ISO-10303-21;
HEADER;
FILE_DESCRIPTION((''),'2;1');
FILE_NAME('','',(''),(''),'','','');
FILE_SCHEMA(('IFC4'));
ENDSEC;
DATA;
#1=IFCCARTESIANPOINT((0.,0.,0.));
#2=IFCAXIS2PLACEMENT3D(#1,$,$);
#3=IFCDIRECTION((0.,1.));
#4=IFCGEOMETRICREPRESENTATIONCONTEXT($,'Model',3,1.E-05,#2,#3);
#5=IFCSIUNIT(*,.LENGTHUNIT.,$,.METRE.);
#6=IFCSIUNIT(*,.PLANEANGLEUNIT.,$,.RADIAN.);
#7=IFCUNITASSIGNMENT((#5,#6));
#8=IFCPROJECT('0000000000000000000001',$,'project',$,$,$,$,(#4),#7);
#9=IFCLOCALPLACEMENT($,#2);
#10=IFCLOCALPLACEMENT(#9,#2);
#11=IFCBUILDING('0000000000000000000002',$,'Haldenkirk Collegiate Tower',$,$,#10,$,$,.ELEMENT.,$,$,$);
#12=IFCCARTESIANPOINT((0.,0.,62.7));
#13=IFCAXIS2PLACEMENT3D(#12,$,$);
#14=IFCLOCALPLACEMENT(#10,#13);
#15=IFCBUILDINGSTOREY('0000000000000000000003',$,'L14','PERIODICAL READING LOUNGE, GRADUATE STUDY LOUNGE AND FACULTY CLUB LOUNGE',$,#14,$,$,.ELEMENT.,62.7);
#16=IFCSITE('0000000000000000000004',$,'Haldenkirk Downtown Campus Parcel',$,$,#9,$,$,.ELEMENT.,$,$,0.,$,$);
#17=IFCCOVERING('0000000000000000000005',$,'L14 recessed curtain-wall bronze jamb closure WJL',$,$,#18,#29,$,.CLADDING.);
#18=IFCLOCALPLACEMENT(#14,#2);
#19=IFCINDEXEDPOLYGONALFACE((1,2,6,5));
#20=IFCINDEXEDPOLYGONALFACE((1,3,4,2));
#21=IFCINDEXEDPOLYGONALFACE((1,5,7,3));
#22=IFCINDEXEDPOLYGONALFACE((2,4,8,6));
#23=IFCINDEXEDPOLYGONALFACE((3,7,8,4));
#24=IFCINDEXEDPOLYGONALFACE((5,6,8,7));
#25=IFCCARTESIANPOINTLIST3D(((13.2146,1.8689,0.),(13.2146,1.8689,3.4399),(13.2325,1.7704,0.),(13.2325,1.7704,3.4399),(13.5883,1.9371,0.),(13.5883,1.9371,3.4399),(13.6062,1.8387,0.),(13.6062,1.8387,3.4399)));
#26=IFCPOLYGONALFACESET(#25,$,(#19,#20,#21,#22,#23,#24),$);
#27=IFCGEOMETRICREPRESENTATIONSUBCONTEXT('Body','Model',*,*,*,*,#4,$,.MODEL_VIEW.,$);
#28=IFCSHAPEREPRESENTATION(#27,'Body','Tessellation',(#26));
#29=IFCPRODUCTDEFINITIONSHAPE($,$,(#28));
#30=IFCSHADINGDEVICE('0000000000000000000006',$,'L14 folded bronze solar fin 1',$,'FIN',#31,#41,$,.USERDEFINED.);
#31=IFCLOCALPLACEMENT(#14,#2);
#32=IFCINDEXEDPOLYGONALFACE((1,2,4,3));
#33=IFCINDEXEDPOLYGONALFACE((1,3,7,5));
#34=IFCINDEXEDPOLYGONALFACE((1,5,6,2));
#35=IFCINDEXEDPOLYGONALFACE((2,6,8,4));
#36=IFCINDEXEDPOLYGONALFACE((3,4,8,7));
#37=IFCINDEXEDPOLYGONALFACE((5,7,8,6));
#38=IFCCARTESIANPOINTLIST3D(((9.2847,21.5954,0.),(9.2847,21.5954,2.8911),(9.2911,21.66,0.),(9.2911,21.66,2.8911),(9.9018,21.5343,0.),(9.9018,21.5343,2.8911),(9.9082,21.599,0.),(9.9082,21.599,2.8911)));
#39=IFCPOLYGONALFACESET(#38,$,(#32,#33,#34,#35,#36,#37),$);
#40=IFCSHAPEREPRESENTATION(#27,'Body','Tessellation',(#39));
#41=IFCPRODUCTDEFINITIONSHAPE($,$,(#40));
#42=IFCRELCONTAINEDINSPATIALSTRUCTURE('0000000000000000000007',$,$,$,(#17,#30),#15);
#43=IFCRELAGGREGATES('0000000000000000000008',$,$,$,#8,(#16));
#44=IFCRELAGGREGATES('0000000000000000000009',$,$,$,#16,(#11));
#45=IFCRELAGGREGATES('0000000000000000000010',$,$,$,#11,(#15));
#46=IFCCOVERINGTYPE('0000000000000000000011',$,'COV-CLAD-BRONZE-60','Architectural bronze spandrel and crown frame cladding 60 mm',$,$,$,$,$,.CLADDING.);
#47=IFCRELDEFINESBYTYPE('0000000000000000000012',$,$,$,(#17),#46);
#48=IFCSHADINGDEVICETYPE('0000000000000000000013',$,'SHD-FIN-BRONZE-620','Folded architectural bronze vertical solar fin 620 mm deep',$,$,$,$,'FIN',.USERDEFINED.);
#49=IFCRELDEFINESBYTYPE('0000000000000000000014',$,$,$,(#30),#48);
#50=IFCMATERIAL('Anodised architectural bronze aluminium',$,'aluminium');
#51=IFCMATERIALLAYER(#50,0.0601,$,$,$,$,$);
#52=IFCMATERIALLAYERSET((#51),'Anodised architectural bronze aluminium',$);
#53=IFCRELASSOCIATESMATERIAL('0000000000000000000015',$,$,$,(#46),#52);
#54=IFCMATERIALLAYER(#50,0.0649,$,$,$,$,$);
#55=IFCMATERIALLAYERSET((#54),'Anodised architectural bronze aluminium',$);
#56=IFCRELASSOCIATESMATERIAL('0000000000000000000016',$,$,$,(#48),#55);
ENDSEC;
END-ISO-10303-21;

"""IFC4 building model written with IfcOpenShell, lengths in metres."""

from ifc_helpers import new_model, si_unit, direction, frame, origin, origin_2d, place, context, subcontext, project, spatial, rectangle, extrude, source, transform, mapped, material, layer, layer_set, type_object, element, save


model = new_model("IFC4")

# Units and contexts
model_context = context("Model", 3, precision=1e-05, world=origin(), true_north=direction((0.0, 1.0)))
body_context = subcontext(model_context, "Body", "Model", "MODEL_VIEW")
ifc_project = project(units=[si_unit("LENGTHUNIT", "METRE"), si_unit("PLANEANGLEUNIT", "RADIAN")], contexts=[model_context])

# Site, building, storey
site_placement = place(None, origin())
site = spatial("IfcSite", under=ifc_project, at=site_placement, Name="Haldenkirk Downtown Campus Parcel", CompositionType="ELEMENT", RefElevation=0.0)
building_placement = place(site_placement, origin())
building = spatial("IfcBuilding", under=site, at=building_placement, Name="Haldenkirk Collegiate Tower", CompositionType="ELEMENT")
storey_placement = place(building_placement, frame((0.0, 0.0, 62.7)))
storey = spatial("IfcBuildingStorey", under=building, at=storey_placement, Name="L14", Description="PERIODICAL READING LOUNGE, GRADUATE STUDY LOUNGE AND FACULTY CLUB LOUNGE", CompositionType="ELEMENT", Elevation=62.7)

# Shared definitions
ifc_material_1 = material(Name="Anodised architectural bronze aluminium", Category="aluminium")

# Covering
ifc_layer_1 = layer(ifc_material_1, 0.0601)
ifc_layer_set_1 = layer_set([ifc_layer_1], Name="Anodised architectural bronze aluminium")
covering_type_1 = type_object("IfcCoveringType", Name="COV-CLAD-BRONZE-60", Description="Architectural bronze spandrel and crown frame cladding 60 mm", PredefinedType="CLADDING", material=ifc_layer_set_1)
shared_shape_1 = source(origin(), body_context, "Body", "SweptSolid", [
    extrude(rectangle(XDim=0.1001, YDim=0.3799, at=origin_2d()), origin(), (0.0, 0.0, 1.0), 3.4399),
])
covering_1_placement = place(storey_placement, frame((13.4104, 1.8538, 0.0), z_axis=(0.0, 0.0, 1.0), x_axis=(-0.179661, 0.983729, 0.0)))
element("IfcCovering", 1, at=covering_1_placement, inside=storey, type_object=covering_type_1, Name="L14 recessed curtain-wall bronze jamb closure WJL", PredefinedType="CLADDING", context=body_context, shape_type="MappedRepresentation", body=[
    mapped(shared_shape_1, transform((0.0, 0.0, 0.0), x_axis=(1.0, 0.0, 0.0), y_axis=(0.0, 1.0, 0.0), z_axis=(0.0, 0.0, 1.0), scale=1.0)),
])

# Shading device
ifc_layer_2 = layer(ifc_material_1, 0.0649)
ifc_layer_set_2 = layer_set([ifc_layer_2], Name="Anodised architectural bronze aluminium")
shading_device_type = type_object("IfcShadingDeviceType", Name="SHD-FIN-BRONZE-620", Description="Folded architectural bronze vertical solar fin 620 mm deep", ElementType="FIN", PredefinedType="USERDEFINED", material=ifc_layer_set_2)
shared_shape_2 = source(origin(), body_context, "Body", "SweptSolid", [
    extrude(rectangle(XDim=0.6201, YDim=0.0649, at=origin_2d()), origin(), (0.0, 0.0, 1.0), 2.8911),
])
shading_device_placement = place(storey_placement, frame((9.5964, 21.5972, 0.0), z_axis=(0.0, 0.0, 1.0), x_axis=(-0.995142, 0.098451, 0.0)))
element("IfcShadingDevice", 2, at=shading_device_placement, inside=storey, type_object=shading_device_type, Name="L14 folded bronze solar fin 1", ObjectType="FIN", PredefinedType="USERDEFINED", context=body_context, shape_type="MappedRepresentation", body=[
    mapped(shared_shape_2, transform((0.0, 0.0, 0.0), x_axis=(1.0, 0.0, 0.0), y_axis=(0.0, 1.0, 0.0), z_axis=(0.0, 0.0, 1.0), scale=1.0)),
])

save(model, "model.ifc")
